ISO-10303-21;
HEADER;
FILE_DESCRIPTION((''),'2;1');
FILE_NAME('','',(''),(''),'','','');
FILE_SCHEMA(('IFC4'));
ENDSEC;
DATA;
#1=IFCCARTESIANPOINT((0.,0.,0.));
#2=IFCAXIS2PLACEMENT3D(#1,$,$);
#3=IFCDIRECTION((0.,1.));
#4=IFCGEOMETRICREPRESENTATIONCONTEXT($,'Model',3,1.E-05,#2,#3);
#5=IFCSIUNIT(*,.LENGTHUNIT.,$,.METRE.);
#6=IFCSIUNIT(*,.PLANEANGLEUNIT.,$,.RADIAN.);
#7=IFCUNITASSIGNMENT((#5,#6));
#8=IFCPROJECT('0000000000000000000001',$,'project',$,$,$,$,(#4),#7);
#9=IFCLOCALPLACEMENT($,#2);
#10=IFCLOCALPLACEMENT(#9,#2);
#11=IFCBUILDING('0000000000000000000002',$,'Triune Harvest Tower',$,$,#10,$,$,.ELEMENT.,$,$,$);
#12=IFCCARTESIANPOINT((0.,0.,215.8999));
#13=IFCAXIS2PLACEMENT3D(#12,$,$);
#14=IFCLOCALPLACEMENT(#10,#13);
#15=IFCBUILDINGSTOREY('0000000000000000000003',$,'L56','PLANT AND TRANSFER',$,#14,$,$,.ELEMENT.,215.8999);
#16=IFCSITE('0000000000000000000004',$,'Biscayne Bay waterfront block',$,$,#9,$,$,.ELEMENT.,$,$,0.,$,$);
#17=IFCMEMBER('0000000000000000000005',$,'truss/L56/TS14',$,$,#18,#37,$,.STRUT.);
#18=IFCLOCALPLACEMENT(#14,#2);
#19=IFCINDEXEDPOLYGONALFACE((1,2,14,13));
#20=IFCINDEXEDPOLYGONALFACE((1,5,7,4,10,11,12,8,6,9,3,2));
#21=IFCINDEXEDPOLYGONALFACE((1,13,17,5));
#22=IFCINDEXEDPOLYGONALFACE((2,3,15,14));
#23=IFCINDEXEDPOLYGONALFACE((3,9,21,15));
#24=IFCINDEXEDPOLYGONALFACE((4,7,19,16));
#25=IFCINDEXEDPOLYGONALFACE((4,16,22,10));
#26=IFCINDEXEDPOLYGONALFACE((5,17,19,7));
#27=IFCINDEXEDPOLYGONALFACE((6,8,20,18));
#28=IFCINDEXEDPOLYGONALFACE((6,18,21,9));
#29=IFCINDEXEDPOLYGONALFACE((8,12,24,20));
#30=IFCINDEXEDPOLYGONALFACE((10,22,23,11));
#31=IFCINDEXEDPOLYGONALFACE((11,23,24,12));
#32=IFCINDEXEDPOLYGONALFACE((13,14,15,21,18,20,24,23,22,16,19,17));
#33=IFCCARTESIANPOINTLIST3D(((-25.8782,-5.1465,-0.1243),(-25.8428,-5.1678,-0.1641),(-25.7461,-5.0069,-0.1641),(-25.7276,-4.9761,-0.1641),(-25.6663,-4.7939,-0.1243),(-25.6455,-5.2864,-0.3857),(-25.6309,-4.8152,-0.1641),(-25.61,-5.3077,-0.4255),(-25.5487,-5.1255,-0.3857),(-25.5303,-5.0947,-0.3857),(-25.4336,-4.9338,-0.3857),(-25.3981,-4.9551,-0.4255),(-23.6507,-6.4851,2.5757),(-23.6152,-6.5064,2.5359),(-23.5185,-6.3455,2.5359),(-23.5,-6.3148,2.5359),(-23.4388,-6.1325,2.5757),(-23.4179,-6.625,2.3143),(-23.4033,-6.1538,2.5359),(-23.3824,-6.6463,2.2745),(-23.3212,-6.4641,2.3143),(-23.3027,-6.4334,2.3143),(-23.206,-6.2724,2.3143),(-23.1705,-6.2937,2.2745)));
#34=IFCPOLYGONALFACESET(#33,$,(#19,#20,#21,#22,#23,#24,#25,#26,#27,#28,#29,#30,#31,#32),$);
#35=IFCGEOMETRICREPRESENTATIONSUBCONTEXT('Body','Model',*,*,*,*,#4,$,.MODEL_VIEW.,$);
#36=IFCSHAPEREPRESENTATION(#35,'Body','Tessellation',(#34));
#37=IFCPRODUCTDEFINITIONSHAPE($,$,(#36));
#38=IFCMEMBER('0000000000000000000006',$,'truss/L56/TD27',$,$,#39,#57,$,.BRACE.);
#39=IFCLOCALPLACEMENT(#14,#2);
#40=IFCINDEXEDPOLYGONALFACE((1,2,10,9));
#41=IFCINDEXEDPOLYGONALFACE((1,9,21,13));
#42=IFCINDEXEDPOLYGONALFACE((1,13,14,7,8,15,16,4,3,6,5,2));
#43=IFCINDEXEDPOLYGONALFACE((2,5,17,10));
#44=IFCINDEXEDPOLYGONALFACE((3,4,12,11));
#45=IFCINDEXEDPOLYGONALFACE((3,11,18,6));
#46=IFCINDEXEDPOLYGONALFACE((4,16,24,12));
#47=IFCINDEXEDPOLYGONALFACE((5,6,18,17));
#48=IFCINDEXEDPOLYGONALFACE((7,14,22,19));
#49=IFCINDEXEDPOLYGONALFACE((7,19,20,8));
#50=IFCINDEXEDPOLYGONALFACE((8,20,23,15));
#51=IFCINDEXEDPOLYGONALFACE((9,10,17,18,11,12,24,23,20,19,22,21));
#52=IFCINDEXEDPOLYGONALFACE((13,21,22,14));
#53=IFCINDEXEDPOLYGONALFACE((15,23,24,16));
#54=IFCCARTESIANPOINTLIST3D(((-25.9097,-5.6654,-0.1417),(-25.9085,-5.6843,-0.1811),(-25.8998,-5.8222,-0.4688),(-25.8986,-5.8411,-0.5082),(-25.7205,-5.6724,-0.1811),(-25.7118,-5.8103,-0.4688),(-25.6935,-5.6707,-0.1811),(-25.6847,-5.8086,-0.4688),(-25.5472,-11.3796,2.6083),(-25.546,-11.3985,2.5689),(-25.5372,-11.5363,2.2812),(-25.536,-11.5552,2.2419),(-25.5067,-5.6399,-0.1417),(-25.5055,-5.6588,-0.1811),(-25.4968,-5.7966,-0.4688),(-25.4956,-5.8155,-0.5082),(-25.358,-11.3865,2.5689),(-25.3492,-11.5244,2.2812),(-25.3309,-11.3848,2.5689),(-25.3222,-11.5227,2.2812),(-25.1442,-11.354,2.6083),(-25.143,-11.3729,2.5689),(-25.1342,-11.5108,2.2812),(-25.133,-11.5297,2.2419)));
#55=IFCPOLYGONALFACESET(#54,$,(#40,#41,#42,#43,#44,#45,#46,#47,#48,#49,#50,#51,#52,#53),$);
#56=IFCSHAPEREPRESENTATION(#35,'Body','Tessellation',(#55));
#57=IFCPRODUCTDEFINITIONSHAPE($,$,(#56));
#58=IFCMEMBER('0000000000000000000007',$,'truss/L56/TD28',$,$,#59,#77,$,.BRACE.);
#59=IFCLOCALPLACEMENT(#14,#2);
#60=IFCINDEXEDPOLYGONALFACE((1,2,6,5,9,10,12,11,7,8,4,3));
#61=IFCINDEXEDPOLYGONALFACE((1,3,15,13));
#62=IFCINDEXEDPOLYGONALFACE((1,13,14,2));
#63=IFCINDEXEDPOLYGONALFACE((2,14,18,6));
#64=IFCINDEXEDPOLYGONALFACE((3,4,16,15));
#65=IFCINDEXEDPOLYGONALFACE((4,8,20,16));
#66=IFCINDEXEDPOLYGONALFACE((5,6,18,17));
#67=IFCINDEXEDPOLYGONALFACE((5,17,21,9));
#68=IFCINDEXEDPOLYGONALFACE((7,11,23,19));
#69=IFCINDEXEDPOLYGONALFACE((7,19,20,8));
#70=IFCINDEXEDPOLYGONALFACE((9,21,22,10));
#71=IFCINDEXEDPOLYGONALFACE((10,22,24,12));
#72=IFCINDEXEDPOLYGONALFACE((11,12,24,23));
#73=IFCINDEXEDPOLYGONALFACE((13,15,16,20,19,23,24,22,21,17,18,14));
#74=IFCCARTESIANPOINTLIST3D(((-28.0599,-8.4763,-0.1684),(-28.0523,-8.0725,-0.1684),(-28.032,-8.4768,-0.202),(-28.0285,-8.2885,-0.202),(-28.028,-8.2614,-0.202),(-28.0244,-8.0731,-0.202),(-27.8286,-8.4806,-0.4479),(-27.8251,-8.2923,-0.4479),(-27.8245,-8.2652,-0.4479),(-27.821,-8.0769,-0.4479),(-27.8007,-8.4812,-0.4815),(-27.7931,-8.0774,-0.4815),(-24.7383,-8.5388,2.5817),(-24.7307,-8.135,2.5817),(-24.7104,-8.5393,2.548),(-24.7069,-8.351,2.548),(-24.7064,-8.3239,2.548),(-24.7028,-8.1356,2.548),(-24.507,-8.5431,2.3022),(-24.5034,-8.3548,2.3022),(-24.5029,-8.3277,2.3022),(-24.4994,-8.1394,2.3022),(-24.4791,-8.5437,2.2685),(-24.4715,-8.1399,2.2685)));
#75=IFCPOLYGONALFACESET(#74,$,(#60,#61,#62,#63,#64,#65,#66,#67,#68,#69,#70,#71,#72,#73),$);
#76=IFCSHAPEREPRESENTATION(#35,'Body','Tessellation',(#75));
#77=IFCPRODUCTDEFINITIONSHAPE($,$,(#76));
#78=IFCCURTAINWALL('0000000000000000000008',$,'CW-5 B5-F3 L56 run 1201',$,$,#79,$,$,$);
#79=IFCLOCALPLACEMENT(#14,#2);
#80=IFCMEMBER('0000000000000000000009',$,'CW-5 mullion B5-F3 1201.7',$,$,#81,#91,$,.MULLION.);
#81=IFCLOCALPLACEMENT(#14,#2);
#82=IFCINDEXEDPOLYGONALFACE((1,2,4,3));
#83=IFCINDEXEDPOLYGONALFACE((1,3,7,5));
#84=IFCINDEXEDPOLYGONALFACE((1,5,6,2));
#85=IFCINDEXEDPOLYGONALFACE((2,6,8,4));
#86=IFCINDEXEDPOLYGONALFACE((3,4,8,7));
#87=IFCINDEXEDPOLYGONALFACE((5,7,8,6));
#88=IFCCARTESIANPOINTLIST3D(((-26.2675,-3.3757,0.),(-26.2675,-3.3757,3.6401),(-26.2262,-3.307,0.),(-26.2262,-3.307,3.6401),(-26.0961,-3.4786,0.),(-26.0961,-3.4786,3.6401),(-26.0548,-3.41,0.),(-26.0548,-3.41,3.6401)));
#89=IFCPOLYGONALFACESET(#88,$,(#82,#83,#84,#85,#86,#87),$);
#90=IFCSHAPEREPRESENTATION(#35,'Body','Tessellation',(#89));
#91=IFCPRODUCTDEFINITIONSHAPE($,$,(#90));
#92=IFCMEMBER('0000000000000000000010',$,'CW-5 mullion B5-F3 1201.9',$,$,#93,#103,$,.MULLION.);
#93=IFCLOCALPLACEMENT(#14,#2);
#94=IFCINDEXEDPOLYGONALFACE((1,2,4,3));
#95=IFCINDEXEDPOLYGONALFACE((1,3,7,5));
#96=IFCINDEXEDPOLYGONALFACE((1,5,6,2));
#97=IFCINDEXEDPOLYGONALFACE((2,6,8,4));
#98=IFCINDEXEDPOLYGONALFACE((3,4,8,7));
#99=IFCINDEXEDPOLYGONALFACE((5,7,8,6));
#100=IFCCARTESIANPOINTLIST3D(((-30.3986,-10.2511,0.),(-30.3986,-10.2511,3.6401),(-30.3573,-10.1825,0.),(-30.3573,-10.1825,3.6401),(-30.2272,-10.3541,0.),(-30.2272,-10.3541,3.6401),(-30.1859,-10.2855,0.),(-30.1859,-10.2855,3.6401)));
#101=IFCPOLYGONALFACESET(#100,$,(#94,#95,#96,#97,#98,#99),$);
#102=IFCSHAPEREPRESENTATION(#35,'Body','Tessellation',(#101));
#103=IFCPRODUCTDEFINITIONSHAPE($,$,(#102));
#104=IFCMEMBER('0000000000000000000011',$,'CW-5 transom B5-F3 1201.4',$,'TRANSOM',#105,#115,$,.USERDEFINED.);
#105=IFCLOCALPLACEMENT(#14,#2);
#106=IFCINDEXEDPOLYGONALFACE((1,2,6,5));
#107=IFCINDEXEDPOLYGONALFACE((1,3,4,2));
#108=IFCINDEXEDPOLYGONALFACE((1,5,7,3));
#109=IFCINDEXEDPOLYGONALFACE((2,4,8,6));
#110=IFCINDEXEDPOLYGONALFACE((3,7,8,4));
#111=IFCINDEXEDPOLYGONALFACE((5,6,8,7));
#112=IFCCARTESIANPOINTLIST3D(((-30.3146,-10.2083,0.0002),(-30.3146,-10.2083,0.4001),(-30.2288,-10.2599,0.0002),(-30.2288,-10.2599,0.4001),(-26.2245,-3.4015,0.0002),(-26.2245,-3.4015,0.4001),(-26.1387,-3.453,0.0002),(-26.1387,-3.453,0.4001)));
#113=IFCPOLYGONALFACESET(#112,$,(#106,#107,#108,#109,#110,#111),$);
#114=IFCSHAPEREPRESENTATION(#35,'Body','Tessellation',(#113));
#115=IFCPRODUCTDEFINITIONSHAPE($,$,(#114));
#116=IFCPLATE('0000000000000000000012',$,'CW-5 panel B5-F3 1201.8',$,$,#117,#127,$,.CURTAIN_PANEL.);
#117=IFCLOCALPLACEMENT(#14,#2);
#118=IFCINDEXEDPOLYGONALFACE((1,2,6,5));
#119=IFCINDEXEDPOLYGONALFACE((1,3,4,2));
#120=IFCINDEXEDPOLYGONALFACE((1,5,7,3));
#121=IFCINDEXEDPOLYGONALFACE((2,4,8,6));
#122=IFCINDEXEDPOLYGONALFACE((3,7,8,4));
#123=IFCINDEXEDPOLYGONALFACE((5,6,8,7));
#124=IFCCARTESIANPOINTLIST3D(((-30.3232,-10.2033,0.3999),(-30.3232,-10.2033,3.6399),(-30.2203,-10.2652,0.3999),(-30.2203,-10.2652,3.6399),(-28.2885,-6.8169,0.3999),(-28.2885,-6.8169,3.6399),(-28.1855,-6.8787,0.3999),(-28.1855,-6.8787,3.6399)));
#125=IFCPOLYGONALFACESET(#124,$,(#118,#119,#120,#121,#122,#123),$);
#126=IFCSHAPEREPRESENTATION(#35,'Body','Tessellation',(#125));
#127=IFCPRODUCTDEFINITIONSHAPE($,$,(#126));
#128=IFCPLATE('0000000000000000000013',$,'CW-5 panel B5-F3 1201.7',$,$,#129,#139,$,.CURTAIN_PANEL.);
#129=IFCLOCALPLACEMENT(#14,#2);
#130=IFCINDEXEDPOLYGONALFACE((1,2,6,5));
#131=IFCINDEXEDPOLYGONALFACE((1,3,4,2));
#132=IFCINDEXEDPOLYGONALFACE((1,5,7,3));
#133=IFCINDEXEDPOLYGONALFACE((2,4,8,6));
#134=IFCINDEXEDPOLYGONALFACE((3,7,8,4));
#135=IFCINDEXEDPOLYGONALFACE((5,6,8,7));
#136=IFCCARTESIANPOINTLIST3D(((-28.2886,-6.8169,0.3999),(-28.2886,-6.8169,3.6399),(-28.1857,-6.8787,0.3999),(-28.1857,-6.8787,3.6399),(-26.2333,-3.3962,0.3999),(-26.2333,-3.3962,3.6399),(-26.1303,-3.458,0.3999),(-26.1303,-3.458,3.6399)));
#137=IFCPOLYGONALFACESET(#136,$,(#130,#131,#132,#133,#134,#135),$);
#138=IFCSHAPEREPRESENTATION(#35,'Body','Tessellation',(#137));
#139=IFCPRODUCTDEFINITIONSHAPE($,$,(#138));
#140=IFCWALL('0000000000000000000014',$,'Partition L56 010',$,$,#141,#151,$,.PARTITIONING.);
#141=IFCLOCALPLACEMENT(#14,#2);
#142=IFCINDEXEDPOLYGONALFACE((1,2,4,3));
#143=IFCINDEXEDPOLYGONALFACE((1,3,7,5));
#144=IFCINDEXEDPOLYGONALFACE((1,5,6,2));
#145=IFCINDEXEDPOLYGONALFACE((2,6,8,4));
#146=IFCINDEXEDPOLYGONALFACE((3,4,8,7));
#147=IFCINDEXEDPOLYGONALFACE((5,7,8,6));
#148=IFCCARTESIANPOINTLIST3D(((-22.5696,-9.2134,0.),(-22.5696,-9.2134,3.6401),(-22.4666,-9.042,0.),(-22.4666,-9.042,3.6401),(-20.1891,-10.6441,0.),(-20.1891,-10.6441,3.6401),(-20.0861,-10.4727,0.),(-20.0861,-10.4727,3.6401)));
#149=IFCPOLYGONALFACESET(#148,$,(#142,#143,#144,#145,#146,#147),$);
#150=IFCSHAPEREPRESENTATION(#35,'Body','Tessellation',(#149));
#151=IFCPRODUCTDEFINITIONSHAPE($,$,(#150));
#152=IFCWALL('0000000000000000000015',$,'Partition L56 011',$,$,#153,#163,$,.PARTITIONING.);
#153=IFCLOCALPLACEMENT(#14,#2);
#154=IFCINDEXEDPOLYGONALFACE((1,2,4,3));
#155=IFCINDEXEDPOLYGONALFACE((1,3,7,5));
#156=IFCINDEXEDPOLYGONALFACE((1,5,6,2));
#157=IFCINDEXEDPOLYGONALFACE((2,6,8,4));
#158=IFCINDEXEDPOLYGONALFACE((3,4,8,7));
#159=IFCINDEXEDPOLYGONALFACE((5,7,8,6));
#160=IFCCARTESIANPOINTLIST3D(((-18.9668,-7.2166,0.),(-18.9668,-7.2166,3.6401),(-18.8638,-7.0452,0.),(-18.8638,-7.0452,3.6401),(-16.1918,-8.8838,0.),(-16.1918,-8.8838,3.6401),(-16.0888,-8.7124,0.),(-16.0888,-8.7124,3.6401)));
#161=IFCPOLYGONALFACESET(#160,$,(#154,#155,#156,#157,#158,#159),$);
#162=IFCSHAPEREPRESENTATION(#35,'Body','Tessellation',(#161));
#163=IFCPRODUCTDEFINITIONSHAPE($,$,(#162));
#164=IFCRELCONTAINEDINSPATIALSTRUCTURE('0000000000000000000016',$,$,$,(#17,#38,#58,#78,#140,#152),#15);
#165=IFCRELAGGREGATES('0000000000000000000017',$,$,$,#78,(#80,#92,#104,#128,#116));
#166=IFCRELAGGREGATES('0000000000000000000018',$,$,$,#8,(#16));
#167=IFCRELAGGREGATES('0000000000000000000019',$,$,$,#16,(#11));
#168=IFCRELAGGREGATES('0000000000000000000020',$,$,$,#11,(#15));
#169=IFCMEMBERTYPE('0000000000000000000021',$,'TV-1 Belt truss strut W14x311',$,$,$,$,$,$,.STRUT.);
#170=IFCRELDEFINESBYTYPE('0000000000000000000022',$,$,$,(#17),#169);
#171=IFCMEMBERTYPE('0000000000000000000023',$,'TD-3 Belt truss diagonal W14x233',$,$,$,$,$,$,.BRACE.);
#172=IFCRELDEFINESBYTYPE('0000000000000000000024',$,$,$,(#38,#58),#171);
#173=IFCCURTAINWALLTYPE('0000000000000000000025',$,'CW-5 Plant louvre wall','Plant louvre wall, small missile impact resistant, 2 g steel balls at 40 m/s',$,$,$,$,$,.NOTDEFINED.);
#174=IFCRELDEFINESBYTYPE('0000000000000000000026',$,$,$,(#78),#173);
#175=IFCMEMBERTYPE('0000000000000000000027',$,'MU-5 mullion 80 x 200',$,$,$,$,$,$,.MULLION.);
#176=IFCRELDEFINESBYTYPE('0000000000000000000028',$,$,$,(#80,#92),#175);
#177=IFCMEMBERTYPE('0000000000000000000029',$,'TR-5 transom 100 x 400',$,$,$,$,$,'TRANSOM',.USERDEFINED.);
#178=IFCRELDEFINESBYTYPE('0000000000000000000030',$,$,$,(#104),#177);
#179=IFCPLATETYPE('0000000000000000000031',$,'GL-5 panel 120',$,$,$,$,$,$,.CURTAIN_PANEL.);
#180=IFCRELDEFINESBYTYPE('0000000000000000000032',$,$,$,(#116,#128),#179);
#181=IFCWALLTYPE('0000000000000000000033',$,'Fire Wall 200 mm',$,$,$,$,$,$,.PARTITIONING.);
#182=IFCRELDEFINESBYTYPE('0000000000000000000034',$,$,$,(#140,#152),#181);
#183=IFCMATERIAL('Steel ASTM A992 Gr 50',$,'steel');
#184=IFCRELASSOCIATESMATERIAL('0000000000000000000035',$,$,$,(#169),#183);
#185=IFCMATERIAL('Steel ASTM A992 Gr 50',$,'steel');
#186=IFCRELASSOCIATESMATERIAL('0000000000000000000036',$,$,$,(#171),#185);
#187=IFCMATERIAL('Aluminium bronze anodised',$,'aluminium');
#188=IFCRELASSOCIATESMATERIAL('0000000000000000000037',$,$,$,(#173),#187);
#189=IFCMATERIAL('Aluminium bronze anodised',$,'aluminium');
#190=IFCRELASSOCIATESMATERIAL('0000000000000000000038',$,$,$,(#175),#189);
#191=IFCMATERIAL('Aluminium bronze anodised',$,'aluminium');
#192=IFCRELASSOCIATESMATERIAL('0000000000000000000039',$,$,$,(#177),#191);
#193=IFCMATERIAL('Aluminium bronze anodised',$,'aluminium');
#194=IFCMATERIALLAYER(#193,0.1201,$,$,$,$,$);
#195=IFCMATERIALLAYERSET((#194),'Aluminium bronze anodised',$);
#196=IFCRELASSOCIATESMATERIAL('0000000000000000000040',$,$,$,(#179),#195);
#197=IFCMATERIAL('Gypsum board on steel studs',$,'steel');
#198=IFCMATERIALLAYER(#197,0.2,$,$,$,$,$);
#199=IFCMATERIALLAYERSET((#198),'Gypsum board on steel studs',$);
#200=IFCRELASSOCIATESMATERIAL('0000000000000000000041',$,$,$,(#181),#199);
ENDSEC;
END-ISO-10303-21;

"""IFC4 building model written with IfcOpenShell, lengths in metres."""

from ifc_helpers import new_model, si_unit, direction, frame, frame_2d, origin, origin_2d, place, context, subcontext, project, spatial, rectangle, i_section, extrude, source, transform, mapped, material, layer, layer_set, material_profile, profile_set, type_object, element, aggregate, save


model = new_model("IFC4")

# Units and contexts
model_context = context("Model", 3, precision=1e-05, world=origin(), true_north=direction((0.0, 1.0)))
body_context = subcontext(model_context, "Body", "Model", "MODEL_VIEW")
ifc_project = project(units=[si_unit("LENGTHUNIT", "METRE"), si_unit("PLANEANGLEUNIT", "RADIAN")], contexts=[model_context])

# Site, building, storey
site_placement = place(None, origin())
site = spatial("IfcSite", under=ifc_project, at=site_placement, Name="Biscayne Bay waterfront block", CompositionType="ELEMENT", RefElevation=0.0)
building_placement = place(site_placement, origin())
building = spatial("IfcBuilding", under=site, at=building_placement, Name="Triune Harvest Tower", CompositionType="ELEMENT")
storey_placement = place(building_placement, frame((0.0, 0.0, 215.8999)))
storey = spatial("IfcBuildingStorey", under=building, at=storey_placement, Name="L56", Description="PLANT AND TRANSFER", CompositionType="ELEMENT", Elevation=215.8999)

# Members
ifc_material_1 = material(Name="Steel ASTM A992 Gr 50", Category="steel")
ifc_material_profile_1 = material_profile(ifc_material_1, i_section(OverallWidth=0.4114, OverallDepth=0.4343, WebThickness=0.0359, FlangeThickness=0.0574, at=origin_2d()), Name="W14x311")
ifc_profile_set_1 = profile_set([ifc_material_profile_1], Name="Steel ASTM A992 Gr 50")
member_type_1 = type_object("IfcMemberType", Name="TV-1 Belt truss strut W14x311", PredefinedType="STRUT", material=ifc_profile_set_1)
shared_shape_1 = source(origin(), body_context, "Body", "SweptSolid", [
    extrude(i_section(OverallWidth=0.4114, OverallDepth=0.4343, WebThickness=0.0359, FlangeThickness=0.0574, at=origin_2d()), origin(), (0.0, 0.0, 1.0), 3.7476),
])
member_1_placement = place(storey_placement, frame((-25.6382, -5.0508, -0.2749), z_axis=(0.59441, -0.357207, 0.720472), x_axis=(0.51509, 0.857136, 0.0)))
element("IfcMember", 1, at=member_1_placement, inside=storey, type_object=member_type_1, Name="truss/L56/TS14", PredefinedType="STRUT", context=body_context, shape_type="MappedRepresentation", body=[
    mapped(shared_shape_1, transform((0.0, 0.0, 0.0), scale=1.0)),
])
ifc_material_2 = material(Name="Steel ASTM A992 Gr 50", Category="steel")
ifc_material_profile_2 = material_profile(ifc_material_2, i_section(OverallWidth=0.4038, OverallDepth=0.4065, WebThickness=0.0271, FlangeThickness=0.0437, at=origin_2d()), Name="W14x233")
ifc_profile_set_2 = profile_set([ifc_material_profile_2], Name="Steel ASTM A992 Gr 50")
member_type_2 = type_object("IfcMemberType", Name="TD-3 Belt truss diagonal W14x233", PredefinedType="BRACE", material=ifc_profile_set_2)
shared_shape_2 = source(origin(), body_context, "Body", "SweptSolid", [
    extrude(i_section(OverallWidth=0.4038, OverallDepth=0.4065, WebThickness=0.0271, FlangeThickness=0.0437, at=origin_2d()), origin(), (0.0, 0.0, 1.0), 6.3518),
])
member_2_placement = place(storey_placement, frame((-25.7026, -5.7405, -0.325), z_axis=(0.057078, -0.899609, 0.43295), x_axis=(0.997993, 0.063321, 0.0)))
element("IfcMember", 2, at=member_2_placement, inside=storey, type_object=member_type_2, Name="truss/L56/TD27", PredefinedType="BRACE", context=body_context, shape_type="MappedRepresentation", body=[
    mapped(shared_shape_2, transform((0.0, 0.0, 0.0), scale=1.0)),
])
shared_shape_3 = source(origin(), body_context, "Body", "SweptSolid", [
    extrude(i_section(OverallWidth=0.4038, OverallDepth=0.4065, WebThickness=0.0271, FlangeThickness=0.0437, at=origin_2d()), origin(), (0.0, 0.0, 1.0), 4.3127),
])
member_3_placement = place(storey_placement, frame((-27.9265, -8.2769, -0.325), z_axis=(0.770183, -0.014492, 0.637658), x_axis=(0.018813, 0.999823, 0.0)))
element("IfcMember", 3, at=member_3_placement, inside=storey, type_object=member_type_2, Name="truss/L56/TD28", PredefinedType="BRACE", context=body_context, shape_type="MappedRepresentation", body=[
    mapped(shared_shape_3, transform((0.0, 0.0, 0.0), scale=1.0)),
])

# Curtain wall, members, plates
ifc_material_3 = material(Name="Aluminium bronze anodised", Category="aluminium")
curtain_wall_type = type_object("IfcCurtainWallType", Name="CW-5 Plant louvre wall", Description="Plant louvre wall, small missile impact resistant, 2 g steel balls at 40 m/s", PredefinedType="NOTDEFINED", material=ifc_material_3)
curtain_wall_placement = place(storey_placement, origin())
curtain_wall = element("IfcCurtainWall", 4, at=curtain_wall_placement, inside=storey, type_object=curtain_wall_type, Name="CW-5 B5-F3 L56 run 1201")
ifc_material_4 = material(Name="Aluminium bronze anodised", Category="aluminium")
ifc_material_profile_3 = material_profile(ifc_material_4, rectangle(XDim=0.2, YDim=0.0801, at=origin_2d()), Name="MU-5 mullion 80 x 200")
ifc_profile_set_3 = profile_set([ifc_material_profile_3], Name="Aluminium bronze anodised")
member_type_3 = type_object("IfcMemberType", Name="MU-5 mullion 80 x 200", PredefinedType="MULLION", material=ifc_profile_set_3)
shared_shape_4 = source(origin(), body_context, "Body", "SweptSolid", [
    extrude(rectangle(XDim=0.2, YDim=0.0801, at=origin_2d()), origin(), (0.0, 0.0, 1.0), 3.6401),
])
member_4_placement = place(storey_placement, frame((-26.1611, -3.3928, 0.0), z_axis=(0.0, 0.0, 1.0), x_axis=(0.85717, -0.515034, 0.0)))
member_4 = element("IfcMember", 5, at=member_4_placement, type_object=member_type_3, Name="CW-5 mullion B5-F3 1201.7", PredefinedType="MULLION", context=body_context, shape_type="MappedRepresentation", body=[
    mapped(shared_shape_4, transform((0.0, 0.0, 0.0), scale=1.0)),
])
member_5_placement = place(storey_placement, frame((-30.2922, -10.2683, 0.0), z_axis=(0.0, 0.0, 1.0), x_axis=(0.85717, -0.515034, 0.0)))
member_5 = element("IfcMember", 6, at=member_5_placement, type_object=member_type_3, Name="CW-5 mullion B5-F3 1201.9", PredefinedType="MULLION", context=body_context, shape_type="MappedRepresentation", body=[
    mapped(shared_shape_4, transform((0.0, 0.0, 0.0), scale=1.0)),
])
ifc_material_5 = material(Name="Aluminium bronze anodised", Category="aluminium")
ifc_material_profile_4 = material_profile(ifc_material_5, rectangle(XDim=0.1001, YDim=0.3999, at=origin_2d()), Name="TR-5 transom 100 x 400")
ifc_profile_set_4 = profile_set([ifc_material_profile_4], Name="Aluminium bronze anodised")
member_type_4 = type_object("IfcMemberType", Name="TR-5 transom 100 x 400", ElementType="TRANSOM", PredefinedType="USERDEFINED", material=ifc_profile_set_4)
shared_shape_5 = source(origin(), body_context, "Body", "SweptSolid", [
    extrude(rectangle(XDim=0.1001, YDim=0.3999, at=origin_2d()), origin(), (0.0, 0.0, 1.0), 7.9412),
])
member_6_placement = place(storey_placement, frame((-26.1816, -3.4272, 0.2002), z_axis=(-0.515047, -0.857162, 0.0), x_axis=(0.857162, -0.515047, 0.0)))
member_6 = element("IfcMember", 7, at=member_6_placement, type_object=member_type_4, Name="CW-5 transom B5-F3 1201.4", ObjectType="TRANSOM", PredefinedType="USERDEFINED", context=body_context, shape_type="MappedRepresentation", body=[
    mapped(shared_shape_5, transform((0.0, 0.0, 0.0), scale=1.0)),
])
ifc_material_6 = material(Name="Aluminium bronze anodised", Category="aluminium")
ifc_layer_1 = layer(ifc_material_6, 0.1201)
ifc_layer_set_1 = layer_set([ifc_layer_1], Name="Aluminium bronze anodised")
plate_type = type_object("IfcPlateType", Name="GL-5 panel 120", PredefinedType="CURTAIN_PANEL", material=ifc_layer_set_1)
shared_shape_6 = source(origin(), body_context, "Body", "SweptSolid", [
    extrude(rectangle(XDim=3.9507, YDim=0.1201, at=origin_2d()), origin(), (0.0, 0.0, 1.0), 3.24),
])
plate_1_placement = place(storey_placement, frame((-29.2544, -8.541, 0.3999), z_axis=(0.0, 0.0, 1.0), x_axis=(-0.515034, -0.85717, 0.0)))
plate_1 = element("IfcPlate", 8, at=plate_1_placement, type_object=plate_type, Name="CW-5 panel B5-F3 1201.8", PredefinedType="CURTAIN_PANEL", context=body_context, shape_type="MappedRepresentation", body=[
    mapped(shared_shape_6, transform((0.0, 0.0, 0.0), scale=1.0)),
])
shared_shape_7 = source(origin(), body_context, "Body", "SweptSolid", [
    extrude(rectangle(XDim=3.9907, YDim=0.1201, at=origin_2d()), origin(), (0.0, 0.0, 1.0), 3.24),
])
plate_2_placement = place(storey_placement, frame((-27.2095, -5.1375, 0.3999), z_axis=(0.0, 0.0, 1.0), x_axis=(-0.515034, -0.85717, 0.0)))
plate_2 = element("IfcPlate", 9, at=plate_2_placement, type_object=plate_type, Name="CW-5 panel B5-F3 1201.7", PredefinedType="CURTAIN_PANEL", context=body_context, shape_type="MappedRepresentation", body=[
    mapped(shared_shape_7, transform((0.0, 0.0, 0.0), scale=1.0)),
])
aggregate(curtain_wall, [member_4, member_5, member_6, plate_2, plate_1])

# Walls
ifc_material_7 = material(Name="Gypsum board on steel studs", Category="steel")
ifc_layer_2 = layer(ifc_material_7, 0.2)
ifc_layer_set_2 = layer_set([ifc_layer_2], Name="Gypsum board on steel studs")
wall_type = type_object("IfcWallType", Name="Fire Wall 200 mm", PredefinedType="PARTITIONING", material=ifc_layer_set_2)
wall_1_placement = place(storey_placement, frame((-22.5181, -9.1277, 0.0), z_axis=(0.0, 0.0, 1.0), x_axis=(0.857105, -0.515142, 0.0)))
element("IfcWall", 10, at=wall_1_placement, inside=storey, type_object=wall_type, Name="Partition L56 010", PredefinedType="PARTITIONING", context=body_context, shape_type="SweptSolid", body=[
    extrude(rectangle(XDim=2.7773, YDim=0.2, at=frame_2d((1.3887, 0.0))), origin(), (0.0, 0.0, 1.0), 3.6401),
])
wall_2_placement = place(storey_placement, frame((-18.9153, -7.1309, 0.0), z_axis=(0.0, 0.0, 1.0), x_axis=(0.85718, -0.515017, 0.0)))
element("IfcWall", 11, at=wall_2_placement, inside=storey, type_object=wall_type, Name="Partition L56 011", PredefinedType="PARTITIONING", context=body_context, shape_type="SweptSolid", body=[
    extrude(rectangle(XDim=3.2373, YDim=0.2, at=frame_2d((1.6187, 0.0))), origin(), (0.0, 0.0, 1.0), 3.6401),
])

save(model, "model.ifc")
